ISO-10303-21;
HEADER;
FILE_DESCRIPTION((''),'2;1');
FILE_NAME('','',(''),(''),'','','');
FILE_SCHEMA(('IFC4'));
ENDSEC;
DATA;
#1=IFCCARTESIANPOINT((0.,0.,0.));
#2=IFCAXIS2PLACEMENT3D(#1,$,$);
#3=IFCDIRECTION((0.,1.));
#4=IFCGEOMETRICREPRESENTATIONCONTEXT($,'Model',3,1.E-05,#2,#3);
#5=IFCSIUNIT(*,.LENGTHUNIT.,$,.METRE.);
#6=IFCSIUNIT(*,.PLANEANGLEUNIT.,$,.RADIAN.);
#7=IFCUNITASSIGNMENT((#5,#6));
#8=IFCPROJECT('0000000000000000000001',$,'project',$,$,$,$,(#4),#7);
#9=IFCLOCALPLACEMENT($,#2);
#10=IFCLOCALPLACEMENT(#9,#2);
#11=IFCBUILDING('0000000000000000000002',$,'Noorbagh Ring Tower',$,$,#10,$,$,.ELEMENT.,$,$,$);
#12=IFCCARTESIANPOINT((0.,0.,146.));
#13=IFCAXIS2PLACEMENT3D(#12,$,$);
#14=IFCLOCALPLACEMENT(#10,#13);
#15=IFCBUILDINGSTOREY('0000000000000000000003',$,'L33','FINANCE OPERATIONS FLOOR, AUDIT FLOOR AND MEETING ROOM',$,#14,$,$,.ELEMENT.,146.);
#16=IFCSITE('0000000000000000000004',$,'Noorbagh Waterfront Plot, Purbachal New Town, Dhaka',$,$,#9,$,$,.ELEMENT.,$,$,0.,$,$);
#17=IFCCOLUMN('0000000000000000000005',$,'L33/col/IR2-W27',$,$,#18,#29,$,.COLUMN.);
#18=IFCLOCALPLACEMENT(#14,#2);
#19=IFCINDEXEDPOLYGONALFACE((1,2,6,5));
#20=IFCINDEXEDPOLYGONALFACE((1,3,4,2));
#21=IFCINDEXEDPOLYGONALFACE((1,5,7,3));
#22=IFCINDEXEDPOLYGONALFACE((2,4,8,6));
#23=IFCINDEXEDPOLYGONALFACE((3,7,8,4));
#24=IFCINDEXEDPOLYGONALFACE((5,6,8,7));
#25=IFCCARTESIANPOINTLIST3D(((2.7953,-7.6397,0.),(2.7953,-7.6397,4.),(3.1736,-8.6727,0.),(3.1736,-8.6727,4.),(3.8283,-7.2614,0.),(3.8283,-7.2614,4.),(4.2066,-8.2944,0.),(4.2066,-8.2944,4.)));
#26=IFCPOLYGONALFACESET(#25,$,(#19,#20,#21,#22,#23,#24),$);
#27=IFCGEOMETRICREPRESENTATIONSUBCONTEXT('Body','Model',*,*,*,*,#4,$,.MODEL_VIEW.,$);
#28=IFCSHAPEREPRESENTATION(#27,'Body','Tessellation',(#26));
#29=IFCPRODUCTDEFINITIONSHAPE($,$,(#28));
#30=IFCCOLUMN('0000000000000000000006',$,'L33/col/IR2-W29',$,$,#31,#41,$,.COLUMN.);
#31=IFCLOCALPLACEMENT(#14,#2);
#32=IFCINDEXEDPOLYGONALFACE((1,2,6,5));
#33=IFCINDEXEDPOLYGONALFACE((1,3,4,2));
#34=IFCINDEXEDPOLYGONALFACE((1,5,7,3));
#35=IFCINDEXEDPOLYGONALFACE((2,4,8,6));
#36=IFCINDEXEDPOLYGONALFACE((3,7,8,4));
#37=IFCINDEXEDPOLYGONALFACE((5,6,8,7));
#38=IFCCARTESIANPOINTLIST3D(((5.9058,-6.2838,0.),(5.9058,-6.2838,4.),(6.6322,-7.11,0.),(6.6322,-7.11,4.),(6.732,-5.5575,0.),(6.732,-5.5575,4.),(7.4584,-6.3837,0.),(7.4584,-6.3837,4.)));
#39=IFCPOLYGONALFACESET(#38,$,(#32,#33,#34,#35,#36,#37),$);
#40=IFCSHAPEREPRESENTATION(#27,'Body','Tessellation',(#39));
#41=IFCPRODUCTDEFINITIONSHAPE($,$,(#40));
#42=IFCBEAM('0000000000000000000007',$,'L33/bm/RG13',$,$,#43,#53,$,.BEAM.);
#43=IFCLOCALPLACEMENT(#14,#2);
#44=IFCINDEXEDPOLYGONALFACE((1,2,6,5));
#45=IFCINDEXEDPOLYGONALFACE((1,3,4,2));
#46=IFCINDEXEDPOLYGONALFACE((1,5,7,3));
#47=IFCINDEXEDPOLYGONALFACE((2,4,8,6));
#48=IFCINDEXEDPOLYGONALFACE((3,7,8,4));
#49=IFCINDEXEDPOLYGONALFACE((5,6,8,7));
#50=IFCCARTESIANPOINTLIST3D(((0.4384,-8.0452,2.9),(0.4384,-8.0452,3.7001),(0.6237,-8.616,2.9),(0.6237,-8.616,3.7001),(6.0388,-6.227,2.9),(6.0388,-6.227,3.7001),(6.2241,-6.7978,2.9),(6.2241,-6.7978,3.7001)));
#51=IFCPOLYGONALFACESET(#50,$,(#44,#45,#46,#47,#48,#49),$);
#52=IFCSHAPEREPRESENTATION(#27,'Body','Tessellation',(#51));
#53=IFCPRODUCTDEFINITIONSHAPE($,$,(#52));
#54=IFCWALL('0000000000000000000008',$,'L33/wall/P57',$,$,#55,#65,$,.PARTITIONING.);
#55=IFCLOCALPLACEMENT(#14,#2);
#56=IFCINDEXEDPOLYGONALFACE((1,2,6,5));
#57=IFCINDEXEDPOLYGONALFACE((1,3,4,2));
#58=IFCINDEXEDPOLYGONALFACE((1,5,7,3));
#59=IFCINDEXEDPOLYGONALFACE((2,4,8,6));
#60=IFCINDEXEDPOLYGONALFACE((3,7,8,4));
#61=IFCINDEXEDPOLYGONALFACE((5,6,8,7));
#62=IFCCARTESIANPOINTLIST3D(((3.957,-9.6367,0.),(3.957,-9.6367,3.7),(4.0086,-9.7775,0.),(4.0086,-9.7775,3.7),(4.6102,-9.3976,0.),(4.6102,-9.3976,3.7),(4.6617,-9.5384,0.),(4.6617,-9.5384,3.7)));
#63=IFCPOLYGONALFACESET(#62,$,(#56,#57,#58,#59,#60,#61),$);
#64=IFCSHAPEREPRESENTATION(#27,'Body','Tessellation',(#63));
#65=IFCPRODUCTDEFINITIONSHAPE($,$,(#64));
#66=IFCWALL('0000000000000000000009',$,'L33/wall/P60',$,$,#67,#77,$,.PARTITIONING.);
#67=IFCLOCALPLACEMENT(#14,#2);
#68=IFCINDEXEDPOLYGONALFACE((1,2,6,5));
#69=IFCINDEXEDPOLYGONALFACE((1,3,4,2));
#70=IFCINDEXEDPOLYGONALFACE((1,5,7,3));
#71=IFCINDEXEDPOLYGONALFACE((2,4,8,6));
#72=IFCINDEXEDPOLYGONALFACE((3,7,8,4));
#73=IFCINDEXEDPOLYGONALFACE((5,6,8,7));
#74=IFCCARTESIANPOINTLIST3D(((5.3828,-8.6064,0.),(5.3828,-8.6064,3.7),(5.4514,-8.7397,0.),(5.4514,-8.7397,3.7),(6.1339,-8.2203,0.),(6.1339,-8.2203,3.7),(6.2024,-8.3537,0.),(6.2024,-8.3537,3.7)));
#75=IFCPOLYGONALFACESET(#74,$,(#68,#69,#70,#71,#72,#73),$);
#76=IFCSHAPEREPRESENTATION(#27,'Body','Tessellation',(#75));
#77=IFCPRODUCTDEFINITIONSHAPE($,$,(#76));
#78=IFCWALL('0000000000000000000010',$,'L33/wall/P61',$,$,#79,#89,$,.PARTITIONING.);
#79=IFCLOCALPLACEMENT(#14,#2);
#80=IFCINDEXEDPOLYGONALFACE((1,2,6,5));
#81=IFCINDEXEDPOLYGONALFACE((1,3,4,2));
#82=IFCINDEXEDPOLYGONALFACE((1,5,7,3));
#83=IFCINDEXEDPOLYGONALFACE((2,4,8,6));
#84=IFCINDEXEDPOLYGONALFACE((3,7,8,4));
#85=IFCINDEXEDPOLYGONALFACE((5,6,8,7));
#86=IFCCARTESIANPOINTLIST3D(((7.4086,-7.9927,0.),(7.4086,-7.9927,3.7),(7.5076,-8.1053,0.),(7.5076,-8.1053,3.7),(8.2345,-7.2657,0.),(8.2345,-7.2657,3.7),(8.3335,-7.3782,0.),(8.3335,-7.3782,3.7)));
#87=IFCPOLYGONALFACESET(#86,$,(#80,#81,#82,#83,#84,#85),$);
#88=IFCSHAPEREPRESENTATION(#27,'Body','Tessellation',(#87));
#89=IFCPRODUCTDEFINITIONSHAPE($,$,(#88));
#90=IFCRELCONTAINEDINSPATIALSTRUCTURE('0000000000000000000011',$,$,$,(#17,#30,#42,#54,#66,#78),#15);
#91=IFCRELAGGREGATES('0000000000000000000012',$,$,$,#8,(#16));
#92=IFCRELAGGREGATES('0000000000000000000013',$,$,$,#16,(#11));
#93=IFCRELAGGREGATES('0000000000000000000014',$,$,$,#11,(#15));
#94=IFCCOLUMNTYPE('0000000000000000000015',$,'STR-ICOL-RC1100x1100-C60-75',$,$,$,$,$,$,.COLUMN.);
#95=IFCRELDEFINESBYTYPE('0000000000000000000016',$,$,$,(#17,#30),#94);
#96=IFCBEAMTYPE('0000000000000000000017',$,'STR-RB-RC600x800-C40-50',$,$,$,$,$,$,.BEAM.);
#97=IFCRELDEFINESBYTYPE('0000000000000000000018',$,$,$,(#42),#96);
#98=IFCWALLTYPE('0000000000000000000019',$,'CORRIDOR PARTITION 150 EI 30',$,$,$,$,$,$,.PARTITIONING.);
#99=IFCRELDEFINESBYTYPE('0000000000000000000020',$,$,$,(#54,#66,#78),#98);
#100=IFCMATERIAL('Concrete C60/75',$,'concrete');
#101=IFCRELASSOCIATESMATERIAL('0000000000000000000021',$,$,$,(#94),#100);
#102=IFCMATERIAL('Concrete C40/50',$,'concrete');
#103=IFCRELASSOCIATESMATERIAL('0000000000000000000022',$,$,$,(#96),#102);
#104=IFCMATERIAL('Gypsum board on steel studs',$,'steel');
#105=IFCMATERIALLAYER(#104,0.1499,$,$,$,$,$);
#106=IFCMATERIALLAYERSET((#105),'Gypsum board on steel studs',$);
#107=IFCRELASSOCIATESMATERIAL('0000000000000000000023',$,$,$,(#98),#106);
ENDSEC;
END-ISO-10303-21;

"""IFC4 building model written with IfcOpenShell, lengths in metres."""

from ifc_helpers import new_model, si_unit, direction, frame, frame_2d, origin, origin_2d, place, context, subcontext, project, spatial, rectangle, extrude, material, layer, layer_set, material_profile, profile_set, type_object, element, save


model = new_model("IFC4")

# Units and contexts
model_context = context("Model", 3, precision=1e-05, world=origin(), true_north=direction((0.0, 1.0)))
body_context = subcontext(model_context, "Body", "Model", "MODEL_VIEW")
ifc_project = project(units=[si_unit("LENGTHUNIT", "METRE"), si_unit("PLANEANGLEUNIT", "RADIAN")], contexts=[model_context])

# Site, building, storey
site_placement = place(None, origin())
site = spatial("IfcSite", under=ifc_project, at=site_placement, Name="Noorbagh Waterfront Plot, Purbachal New Town, Dhaka", CompositionType="ELEMENT", RefElevation=0.0)
building_placement = place(site_placement, origin())
building = spatial("IfcBuilding", under=site, at=building_placement, Name="Noorbagh Ring Tower", CompositionType="ELEMENT")
storey_placement = place(building_placement, frame((0.0, 0.0, 146.0)))
storey = spatial("IfcBuildingStorey", under=building, at=storey_placement, Name="L33", Description="FINANCE OPERATIONS FLOOR, AUDIT FLOOR AND MEETING ROOM", CompositionType="ELEMENT", Elevation=146.0)

# Columns
ifc_material_1 = material(Name="Concrete C60/75", Category="concrete")
ifc_material_profile_1 = material_profile(ifc_material_1, rectangle(XDim=1.1001, YDim=1.1001, at=origin_2d()), Name="RC1100x1100")
ifc_profile_set_1 = profile_set([ifc_material_profile_1], Name="Concrete C60/75")
column_type = type_object("IfcColumnType", Name="STR-ICOL-RC1100x1100-C60-75", PredefinedType="COLUMN", material=ifc_profile_set_1)
for number, where, z_axis, x_axis, name in (
    (1, (3.501, -7.967, 0.0), (0.0, 0.0, 1.0), (0.93902, 0.343864, 0.0), "L33/col/IR2-W27"),
    (2, (6.6821, -6.3337, 0.0), (0.0, 0.0, 1.0), (0.751022, 0.660277, 0.0), "L33/col/IR2-W29"),
):
    element("IfcColumn", number, at=place(storey_placement, frame(where, z_axis=z_axis, x_axis=x_axis)), inside=storey, type_object=column_type, Name=name, PredefinedType="COLUMN", context=body_context, shape_type="SweptSolid", body=[
        extrude(rectangle(XDim=1.1001, YDim=1.1001, at=origin_2d()), origin(), (0.0, 0.0, 1.0), 4.0),
    ])

# Beam
ifc_material_2 = material(Name="Concrete C40/50", Category="concrete")
ifc_material_profile_2 = material_profile(ifc_material_2, rectangle(XDim=0.6001, YDim=0.8, at=origin_2d()), Name="RC600x800")
ifc_profile_set_2 = profile_set([ifc_material_profile_2], Name="Concrete C40/50")
beam_type = type_object("IfcBeamType", Name="STR-RB-RC600x800-C40-50", PredefinedType="BEAM", material=ifc_profile_set_2)
beam_placement = place(storey_placement, frame((0.531, -8.3306, 3.3), z_axis=(0.951134, 0.308779, 0.0), x_axis=(-0.308779, 0.951134, 0.0)))
element("IfcBeam", 3, at=beam_placement, inside=storey, type_object=beam_type, Name="L33/bm/RG13", PredefinedType="BEAM", context=body_context, shape_type="SweptSolid", body=[
    extrude(rectangle(XDim=0.6001, YDim=0.8, at=origin_2d()), origin(), (0.0, 0.0, 1.0), 5.8882),
])

# Walls
ifc_material_3 = material(Name="Gypsum board on steel studs", Category="steel")
ifc_layer = layer(ifc_material_3, 0.1499)
ifc_layer_set = layer_set([ifc_layer], Name="Gypsum board on steel studs")
wall_type = type_object("IfcWallType", Name="CORRIDOR PARTITION 150 EI 30", PredefinedType="PARTITIONING", material=ifc_layer_set)
wall_1_placement = place(storey_placement, frame((3.9829, -9.707, 0.0), z_axis=(0.0, 0.0, 1.0), x_axis=(0.939084, 0.343687, 0.0)))
element("IfcWall", 4, at=wall_1_placement, inside=storey, type_object=wall_type, Name="L33/wall/P57", PredefinedType="PARTITIONING", context=body_context, shape_type="SweptSolid", body=[
    extrude(rectangle(XDim=0.6956, YDim=0.1499, at=frame_2d((0.3477, 0.0))), origin(), (0.0, 0.0, 1.0), 3.7),
])
wall_2_placement = place(storey_placement, frame((5.417, -8.6731, 0.0), z_axis=(0.0, 0.0, 1.0), x_axis=(0.889399, 0.457132, 0.0)))
element("IfcWall", 5, at=wall_2_placement, inside=storey, type_object=wall_type, Name="L33/wall/P60", PredefinedType="PARTITIONING", context=body_context, shape_type="SweptSolid", body=[
    extrude(rectangle(XDim=0.8445, YDim=0.1499, at=frame_2d((0.4224, 0.0))), origin(), (0.0, 0.0, 1.0), 3.7),
])
wall_3_placement = place(storey_placement, frame((7.458, -8.0491, 0.0), z_axis=(0.0, 0.0, 1.0), x_axis=(0.750608, 0.660748, 0.0)))
element("IfcWall", 6, at=wall_3_placement, inside=storey, type_object=wall_type, Name="L33/wall/P61", PredefinedType="PARTITIONING", context=body_context, shape_type="SweptSolid", body=[
    extrude(rectangle(XDim=1.1003, YDim=0.1499, at=frame_2d((0.5503, 0.0))), origin(), (0.0, 0.0, 1.0), 3.7),
])

save(model, "model.ifc")
